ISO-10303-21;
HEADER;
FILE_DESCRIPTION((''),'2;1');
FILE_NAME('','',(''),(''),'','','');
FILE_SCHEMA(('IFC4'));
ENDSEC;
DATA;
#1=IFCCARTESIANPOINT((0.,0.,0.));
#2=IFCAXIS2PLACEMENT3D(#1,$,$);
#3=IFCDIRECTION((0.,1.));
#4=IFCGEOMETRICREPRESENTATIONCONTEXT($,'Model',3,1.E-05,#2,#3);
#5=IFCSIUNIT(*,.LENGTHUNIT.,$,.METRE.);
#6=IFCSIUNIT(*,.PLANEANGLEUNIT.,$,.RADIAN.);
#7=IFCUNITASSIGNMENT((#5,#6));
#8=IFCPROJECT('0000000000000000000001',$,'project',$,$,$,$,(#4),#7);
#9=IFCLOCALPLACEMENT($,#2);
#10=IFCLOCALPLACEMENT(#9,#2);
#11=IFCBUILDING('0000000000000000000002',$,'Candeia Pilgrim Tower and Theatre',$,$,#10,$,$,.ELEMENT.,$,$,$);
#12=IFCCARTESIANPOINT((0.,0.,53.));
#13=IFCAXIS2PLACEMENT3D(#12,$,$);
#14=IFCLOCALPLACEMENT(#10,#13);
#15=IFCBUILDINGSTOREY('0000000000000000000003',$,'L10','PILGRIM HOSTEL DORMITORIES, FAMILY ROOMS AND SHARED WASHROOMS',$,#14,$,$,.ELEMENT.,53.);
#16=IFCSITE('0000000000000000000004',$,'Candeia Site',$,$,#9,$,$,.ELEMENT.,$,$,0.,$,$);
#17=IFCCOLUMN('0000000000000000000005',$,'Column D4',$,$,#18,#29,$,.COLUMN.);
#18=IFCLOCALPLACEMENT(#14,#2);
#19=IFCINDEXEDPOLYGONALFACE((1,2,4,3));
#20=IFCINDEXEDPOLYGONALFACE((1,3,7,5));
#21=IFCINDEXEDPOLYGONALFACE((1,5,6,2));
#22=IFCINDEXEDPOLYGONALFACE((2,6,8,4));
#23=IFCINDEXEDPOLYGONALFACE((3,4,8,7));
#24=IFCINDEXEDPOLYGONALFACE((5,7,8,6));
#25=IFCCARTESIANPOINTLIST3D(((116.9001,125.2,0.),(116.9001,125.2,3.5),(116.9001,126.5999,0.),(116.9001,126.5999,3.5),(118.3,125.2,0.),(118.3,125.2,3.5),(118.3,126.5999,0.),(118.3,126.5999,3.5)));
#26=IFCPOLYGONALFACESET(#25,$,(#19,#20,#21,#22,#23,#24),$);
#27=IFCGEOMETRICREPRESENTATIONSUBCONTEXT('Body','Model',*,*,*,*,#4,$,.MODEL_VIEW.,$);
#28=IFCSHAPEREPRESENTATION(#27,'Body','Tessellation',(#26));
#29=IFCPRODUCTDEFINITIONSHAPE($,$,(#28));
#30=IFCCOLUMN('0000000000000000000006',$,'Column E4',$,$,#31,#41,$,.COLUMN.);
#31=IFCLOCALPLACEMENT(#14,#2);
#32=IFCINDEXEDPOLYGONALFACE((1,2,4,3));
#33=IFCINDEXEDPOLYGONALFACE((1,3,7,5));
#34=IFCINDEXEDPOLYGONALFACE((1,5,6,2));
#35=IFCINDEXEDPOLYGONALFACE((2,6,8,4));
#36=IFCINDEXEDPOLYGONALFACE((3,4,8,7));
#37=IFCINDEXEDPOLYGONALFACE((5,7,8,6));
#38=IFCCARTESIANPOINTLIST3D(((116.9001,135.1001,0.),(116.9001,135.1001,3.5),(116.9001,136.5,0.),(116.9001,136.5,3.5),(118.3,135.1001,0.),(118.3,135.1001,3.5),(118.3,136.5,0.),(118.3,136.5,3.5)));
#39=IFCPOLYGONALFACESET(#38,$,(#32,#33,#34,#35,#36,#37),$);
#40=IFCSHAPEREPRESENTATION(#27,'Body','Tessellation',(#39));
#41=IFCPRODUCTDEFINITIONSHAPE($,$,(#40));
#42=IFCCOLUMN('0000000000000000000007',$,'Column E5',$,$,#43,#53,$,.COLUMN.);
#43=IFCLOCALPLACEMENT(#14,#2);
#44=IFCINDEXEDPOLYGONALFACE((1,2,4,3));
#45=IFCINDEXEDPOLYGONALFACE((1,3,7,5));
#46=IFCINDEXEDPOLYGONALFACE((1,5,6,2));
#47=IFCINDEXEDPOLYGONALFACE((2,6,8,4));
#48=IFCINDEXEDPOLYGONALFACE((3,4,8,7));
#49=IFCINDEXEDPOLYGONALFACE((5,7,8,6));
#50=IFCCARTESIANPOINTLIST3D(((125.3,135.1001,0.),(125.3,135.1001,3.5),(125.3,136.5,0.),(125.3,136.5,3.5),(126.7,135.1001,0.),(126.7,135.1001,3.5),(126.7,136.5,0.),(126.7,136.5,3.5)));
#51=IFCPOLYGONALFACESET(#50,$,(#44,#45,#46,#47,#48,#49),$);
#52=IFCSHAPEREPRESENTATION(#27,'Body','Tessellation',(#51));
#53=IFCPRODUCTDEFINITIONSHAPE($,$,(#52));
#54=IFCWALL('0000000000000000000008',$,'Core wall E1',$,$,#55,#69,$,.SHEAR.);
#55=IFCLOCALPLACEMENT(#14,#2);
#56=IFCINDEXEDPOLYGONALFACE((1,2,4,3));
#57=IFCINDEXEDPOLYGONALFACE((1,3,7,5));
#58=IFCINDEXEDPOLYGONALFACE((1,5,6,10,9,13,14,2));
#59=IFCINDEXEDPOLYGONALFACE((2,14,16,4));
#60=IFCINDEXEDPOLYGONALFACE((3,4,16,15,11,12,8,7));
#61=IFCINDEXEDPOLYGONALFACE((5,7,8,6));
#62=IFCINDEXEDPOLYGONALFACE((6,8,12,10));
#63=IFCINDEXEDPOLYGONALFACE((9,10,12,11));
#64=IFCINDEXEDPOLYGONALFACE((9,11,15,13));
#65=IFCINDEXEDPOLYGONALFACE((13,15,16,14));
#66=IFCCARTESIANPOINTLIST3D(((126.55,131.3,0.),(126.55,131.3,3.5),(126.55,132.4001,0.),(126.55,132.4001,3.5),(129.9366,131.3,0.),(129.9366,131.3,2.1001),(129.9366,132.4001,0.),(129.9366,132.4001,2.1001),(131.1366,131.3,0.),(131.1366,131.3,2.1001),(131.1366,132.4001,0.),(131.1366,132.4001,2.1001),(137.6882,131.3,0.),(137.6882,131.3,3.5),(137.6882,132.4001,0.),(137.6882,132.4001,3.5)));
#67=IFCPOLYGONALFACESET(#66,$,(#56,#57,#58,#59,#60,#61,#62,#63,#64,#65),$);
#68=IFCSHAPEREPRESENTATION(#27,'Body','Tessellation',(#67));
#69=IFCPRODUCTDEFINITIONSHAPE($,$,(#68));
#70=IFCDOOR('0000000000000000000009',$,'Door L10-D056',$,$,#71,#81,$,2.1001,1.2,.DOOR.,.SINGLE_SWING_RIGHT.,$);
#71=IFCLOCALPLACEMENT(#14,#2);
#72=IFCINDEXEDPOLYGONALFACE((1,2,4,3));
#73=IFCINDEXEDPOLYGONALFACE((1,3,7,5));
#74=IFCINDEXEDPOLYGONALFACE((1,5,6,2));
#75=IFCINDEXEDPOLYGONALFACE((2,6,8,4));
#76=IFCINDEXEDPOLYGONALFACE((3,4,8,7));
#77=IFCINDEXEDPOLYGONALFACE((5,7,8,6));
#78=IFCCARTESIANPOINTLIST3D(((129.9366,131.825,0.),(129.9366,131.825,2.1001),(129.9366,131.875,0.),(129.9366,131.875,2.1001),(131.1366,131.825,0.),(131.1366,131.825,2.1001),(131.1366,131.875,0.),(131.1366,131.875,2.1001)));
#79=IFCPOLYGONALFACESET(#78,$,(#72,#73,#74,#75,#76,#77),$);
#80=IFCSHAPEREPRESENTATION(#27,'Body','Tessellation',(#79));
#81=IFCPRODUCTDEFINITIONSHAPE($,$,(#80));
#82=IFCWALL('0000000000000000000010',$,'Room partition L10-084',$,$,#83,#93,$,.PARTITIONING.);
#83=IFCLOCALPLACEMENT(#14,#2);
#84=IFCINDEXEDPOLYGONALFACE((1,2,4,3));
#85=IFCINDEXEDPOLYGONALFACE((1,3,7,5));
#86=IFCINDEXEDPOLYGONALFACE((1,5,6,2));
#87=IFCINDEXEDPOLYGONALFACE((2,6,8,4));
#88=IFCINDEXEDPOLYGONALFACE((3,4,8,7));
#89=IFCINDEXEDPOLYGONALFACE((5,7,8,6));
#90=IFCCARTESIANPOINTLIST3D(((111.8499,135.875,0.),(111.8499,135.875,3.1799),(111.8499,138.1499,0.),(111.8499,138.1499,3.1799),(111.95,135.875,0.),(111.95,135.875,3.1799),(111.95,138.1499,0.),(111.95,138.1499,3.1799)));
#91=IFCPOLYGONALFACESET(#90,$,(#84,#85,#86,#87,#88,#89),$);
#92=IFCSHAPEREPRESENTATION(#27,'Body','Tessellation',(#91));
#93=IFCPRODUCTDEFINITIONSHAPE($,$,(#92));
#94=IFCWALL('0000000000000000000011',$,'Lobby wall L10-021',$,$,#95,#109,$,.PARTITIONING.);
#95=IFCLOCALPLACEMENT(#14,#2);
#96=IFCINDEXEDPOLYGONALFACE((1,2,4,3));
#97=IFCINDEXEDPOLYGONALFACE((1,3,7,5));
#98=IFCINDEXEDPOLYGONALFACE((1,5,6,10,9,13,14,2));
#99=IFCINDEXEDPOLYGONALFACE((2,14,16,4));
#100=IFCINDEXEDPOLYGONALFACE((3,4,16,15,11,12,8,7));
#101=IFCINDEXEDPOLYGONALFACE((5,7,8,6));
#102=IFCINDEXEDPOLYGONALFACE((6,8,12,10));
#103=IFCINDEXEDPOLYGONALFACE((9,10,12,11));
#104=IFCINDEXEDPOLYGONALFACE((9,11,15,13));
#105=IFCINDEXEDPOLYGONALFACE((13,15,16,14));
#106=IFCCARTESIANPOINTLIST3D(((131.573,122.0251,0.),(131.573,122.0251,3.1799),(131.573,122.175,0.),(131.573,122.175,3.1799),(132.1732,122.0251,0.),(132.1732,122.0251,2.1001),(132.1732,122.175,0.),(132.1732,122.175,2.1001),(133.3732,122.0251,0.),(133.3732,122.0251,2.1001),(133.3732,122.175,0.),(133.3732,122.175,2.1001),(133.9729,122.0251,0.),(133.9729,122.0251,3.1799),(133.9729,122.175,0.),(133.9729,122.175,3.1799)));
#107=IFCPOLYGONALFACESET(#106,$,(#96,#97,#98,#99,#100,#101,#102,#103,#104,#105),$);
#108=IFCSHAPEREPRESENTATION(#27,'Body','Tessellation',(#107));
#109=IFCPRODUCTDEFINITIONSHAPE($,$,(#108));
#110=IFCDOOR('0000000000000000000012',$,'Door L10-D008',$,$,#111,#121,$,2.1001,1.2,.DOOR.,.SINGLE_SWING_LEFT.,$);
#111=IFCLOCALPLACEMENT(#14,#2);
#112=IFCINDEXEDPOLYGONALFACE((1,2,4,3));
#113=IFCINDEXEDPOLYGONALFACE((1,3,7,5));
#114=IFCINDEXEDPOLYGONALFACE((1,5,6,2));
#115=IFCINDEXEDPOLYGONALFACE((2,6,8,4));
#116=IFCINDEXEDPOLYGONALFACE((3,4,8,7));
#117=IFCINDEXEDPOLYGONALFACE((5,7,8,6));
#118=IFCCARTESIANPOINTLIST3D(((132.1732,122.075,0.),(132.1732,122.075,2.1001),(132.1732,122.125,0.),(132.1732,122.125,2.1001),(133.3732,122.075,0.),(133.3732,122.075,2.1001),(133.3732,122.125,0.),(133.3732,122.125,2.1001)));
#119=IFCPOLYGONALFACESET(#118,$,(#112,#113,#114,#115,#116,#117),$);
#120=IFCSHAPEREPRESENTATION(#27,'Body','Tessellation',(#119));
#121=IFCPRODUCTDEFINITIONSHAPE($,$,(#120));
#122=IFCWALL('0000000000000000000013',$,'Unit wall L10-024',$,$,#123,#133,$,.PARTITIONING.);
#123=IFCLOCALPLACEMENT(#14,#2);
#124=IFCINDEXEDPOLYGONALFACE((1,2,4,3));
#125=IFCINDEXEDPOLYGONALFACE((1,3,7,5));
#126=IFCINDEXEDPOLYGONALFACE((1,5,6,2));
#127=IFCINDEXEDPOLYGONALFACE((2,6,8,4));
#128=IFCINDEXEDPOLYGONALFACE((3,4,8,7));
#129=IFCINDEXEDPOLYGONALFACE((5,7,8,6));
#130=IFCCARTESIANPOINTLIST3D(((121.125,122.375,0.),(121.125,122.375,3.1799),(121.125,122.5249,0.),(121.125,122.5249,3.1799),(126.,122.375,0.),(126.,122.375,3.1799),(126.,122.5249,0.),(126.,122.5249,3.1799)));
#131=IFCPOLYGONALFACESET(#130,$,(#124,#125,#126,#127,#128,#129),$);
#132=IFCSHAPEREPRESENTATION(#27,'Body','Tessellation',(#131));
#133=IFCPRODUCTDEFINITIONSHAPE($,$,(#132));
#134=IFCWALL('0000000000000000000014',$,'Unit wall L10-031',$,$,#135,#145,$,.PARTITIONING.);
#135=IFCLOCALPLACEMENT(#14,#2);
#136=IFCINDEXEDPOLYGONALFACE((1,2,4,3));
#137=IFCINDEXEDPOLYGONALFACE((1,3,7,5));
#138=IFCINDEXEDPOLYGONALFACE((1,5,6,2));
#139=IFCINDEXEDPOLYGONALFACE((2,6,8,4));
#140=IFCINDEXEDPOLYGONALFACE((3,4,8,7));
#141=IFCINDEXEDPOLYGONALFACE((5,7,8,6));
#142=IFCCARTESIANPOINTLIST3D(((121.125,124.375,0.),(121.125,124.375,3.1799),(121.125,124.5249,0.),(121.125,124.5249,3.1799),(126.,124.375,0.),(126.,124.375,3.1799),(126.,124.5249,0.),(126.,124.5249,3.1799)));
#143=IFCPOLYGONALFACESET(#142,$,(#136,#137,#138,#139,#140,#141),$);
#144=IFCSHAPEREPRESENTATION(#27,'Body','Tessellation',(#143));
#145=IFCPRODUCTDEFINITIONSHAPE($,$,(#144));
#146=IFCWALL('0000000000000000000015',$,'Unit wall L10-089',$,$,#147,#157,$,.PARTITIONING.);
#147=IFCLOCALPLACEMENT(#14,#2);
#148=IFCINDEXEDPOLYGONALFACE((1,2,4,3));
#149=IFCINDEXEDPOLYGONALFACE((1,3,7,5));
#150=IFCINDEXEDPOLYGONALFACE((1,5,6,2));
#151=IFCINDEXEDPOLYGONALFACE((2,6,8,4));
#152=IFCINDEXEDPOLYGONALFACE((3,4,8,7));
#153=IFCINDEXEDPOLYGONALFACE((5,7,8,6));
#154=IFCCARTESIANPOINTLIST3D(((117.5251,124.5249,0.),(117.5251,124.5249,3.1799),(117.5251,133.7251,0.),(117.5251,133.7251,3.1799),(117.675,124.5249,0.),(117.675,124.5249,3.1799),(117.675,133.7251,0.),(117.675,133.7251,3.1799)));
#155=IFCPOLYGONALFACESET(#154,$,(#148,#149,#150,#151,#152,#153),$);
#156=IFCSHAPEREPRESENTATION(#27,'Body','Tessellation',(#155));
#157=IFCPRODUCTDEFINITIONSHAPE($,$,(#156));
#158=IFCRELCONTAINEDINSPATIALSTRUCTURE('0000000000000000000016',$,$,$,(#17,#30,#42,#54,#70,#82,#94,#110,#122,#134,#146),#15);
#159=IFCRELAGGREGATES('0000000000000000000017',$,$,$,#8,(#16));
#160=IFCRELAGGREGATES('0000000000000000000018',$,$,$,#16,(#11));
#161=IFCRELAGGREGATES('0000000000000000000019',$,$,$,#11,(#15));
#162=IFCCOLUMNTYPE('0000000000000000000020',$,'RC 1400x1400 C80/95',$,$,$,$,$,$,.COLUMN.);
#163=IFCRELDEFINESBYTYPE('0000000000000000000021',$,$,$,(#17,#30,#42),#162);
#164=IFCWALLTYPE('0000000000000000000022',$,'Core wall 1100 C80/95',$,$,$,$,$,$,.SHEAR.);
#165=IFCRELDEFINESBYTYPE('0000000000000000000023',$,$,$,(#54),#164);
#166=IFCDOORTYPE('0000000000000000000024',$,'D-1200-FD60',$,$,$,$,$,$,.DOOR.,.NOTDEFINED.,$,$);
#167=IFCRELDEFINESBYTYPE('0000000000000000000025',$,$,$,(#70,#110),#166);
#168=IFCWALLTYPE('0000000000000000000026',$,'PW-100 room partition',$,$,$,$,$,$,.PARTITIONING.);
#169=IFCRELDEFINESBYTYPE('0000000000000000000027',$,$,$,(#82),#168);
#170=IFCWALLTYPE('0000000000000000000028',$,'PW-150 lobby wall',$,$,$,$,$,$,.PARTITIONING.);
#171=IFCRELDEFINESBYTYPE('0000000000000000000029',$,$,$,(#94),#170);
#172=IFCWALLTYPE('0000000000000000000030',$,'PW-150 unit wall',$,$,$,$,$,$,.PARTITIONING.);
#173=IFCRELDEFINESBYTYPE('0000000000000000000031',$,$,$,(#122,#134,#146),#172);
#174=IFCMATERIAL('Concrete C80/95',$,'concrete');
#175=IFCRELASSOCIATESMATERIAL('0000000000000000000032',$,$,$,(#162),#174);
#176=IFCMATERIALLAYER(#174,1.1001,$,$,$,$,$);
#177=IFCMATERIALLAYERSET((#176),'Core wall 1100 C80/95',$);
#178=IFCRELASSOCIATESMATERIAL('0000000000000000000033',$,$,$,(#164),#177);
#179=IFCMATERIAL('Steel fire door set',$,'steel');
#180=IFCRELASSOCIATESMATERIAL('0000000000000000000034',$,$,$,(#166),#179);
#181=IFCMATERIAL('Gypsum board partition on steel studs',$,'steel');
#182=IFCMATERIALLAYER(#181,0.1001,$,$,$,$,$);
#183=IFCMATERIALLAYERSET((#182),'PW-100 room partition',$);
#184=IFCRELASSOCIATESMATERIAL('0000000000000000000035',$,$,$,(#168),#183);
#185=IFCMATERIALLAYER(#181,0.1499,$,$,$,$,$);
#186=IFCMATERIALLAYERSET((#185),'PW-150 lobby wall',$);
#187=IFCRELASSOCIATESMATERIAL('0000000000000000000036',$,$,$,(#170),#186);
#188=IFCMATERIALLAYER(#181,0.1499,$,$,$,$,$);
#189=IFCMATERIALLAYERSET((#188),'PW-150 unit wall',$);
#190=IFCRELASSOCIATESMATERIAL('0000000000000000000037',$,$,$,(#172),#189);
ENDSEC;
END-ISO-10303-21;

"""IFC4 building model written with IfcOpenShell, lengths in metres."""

from ifc_helpers import new_model, si_unit, direction, frame, frame_2d, origin, origin_2d, place, context, subcontext, project, spatial, rectangle, extrude, material, layer, layer_set, material_profile, profile_set, type_object, element, fill, save


model = new_model("IFC4")

# Units and contexts
model_context = context("Model", 3, precision=1e-05, world=origin(), true_north=direction((0.0, 1.0)))
body_context = subcontext(model_context, "Body", "Model", "MODEL_VIEW")
ifc_project = project(units=[si_unit("LENGTHUNIT", "METRE"), si_unit("PLANEANGLEUNIT", "RADIAN")], contexts=[model_context])

# Site, building, storey
site_placement = place(None, origin())
site = spatial("IfcSite", under=ifc_project, at=site_placement, Name="Candeia Site", CompositionType="ELEMENT", RefElevation=0.0)
building_placement = place(site_placement, origin())
building = spatial("IfcBuilding", under=site, at=building_placement, Name="Candeia Pilgrim Tower and Theatre", CompositionType="ELEMENT")
storey_placement = place(building_placement, frame((0.0, 0.0, 53.0)))
storey = spatial("IfcBuildingStorey", under=building, at=storey_placement, Name="L10", Description="PILGRIM HOSTEL DORMITORIES, FAMILY ROOMS AND SHARED WASHROOMS", CompositionType="ELEMENT", Elevation=53.0)

# Columns
ifc_material_1 = material(Name="Concrete C80/95", Category="concrete")
ifc_material_profile = material_profile(ifc_material_1, rectangle(XDim=1.3999, YDim=1.3999, at=origin_2d()))
ifc_profile_set = profile_set([ifc_material_profile], Name="Concrete C80/95")
column_type = type_object("IfcColumnType", Name="RC 1400x1400 C80/95", PredefinedType="COLUMN", material=ifc_profile_set)
for number, where, z_axis, x_axis, name in (
    (1, (117.6001, 125.8999, 0.0), (0.0, 0.0, 1.0), (1.0, 0.0, 0.0), "Column D4"),
    (2, (117.6001, 135.8, 0.0), (0.0, 0.0, 1.0), (1.0, 0.0, 0.0), "Column E4"),
    (3, (126.0, 135.8, 0.0), (0.0, 0.0, 1.0), (1.0, 0.0, 0.0), "Column E5"),
):
    element("IfcColumn", number, at=place(storey_placement, frame(where, z_axis=z_axis, x_axis=x_axis)), inside=storey, type_object=column_type, Name=name, PredefinedType="COLUMN", context=body_context, shape_type="SweptSolid", body=[
        extrude(rectangle(XDim=1.3999, YDim=1.3999, at=origin_2d()), origin(), (0.0, 0.0, 1.0), 3.5),
    ])

# Wall, opening, door
ifc_layer_1 = layer(ifc_material_1, 1.1001)
ifc_layer_set_1 = layer_set([ifc_layer_1], Name="Core wall 1100 C80/95")
wall_type_1 = type_object("IfcWallType", Name="Core wall 1100 C80/95", PredefinedType="SHEAR", material=ifc_layer_set_1)
wall_1_placement = place(storey_placement, frame((126.55, 131.8501, 0.0), z_axis=(0.0, 0.0, 1.0), x_axis=(1.0, 0.0, 0.0)))
wall_1 = element("IfcWall", 4, at=wall_1_placement, inside=storey, type_object=wall_type_1, Name="Core wall E1", PredefinedType="SHEAR", context=body_context, shape_type="SweptSolid", body=[
    extrude(rectangle(XDim=11.1382, YDim=1.1001, at=frame_2d((5.5691, 0.0))), origin(), (0.0, 0.0, 1.0), 3.5),
])
opening_1_placement = place(wall_1_placement, frame((3.3865, 0.0, 0.0)))
opening_1 = element("IfcOpeningElement", 5, at=opening_1_placement, cuts=wall_1, PredefinedType="OPENING", context=body_context, shape_type="SweptSolid", body=[
    extrude(rectangle(XDim=1.2, YDim=2.1001, at=frame_2d((0.6001, 1.05))), frame((0.0, 0.5601, 0.0), z_axis=(0.0, -1.0, 0.0), x_axis=(1.0, 0.0, 0.0)), (0.0, 0.0, 1.0), 1.1201),
])
ifc_material_2 = material(Name="Steel fire door set", Category="steel")
door_type_1 = type_object("IfcDoorType", Name="D-1200-FD60", OperationType="NOTDEFINED", PredefinedType="DOOR", material=ifc_material_2)
door_1_placement = place(opening_1_placement, origin())
door_1 = element("IfcDoor", 6, at=door_1_placement, inside=storey, type_object=door_type_1, Name="Door L10-D056", OperationType="SINGLE_SWING_RIGHT", OverallHeight=2.1001, OverallWidth=1.2, PredefinedType="DOOR", context=body_context, shape_type="SweptSolid", body=[
    extrude(rectangle(XDim=1.2, YDim=2.1001, at=frame_2d((0.6001, 1.05))), frame((0.0, 0.0249, 0.0), z_axis=(0.0, -1.0, 0.0), x_axis=(1.0, 0.0, 0.0)), (0.0, 0.0, 1.0), 0.05),
])
fill(opening_1, door_1)

# Wall
ifc_material_3 = material(Name="Gypsum board partition on steel studs", Category="steel")
ifc_layer_2 = layer(ifc_material_3, 0.1001)
ifc_layer_set_2 = layer_set([ifc_layer_2], Name="PW-100 room partition")
wall_type_2 = type_object("IfcWallType", Name="PW-100 room partition", PredefinedType="PARTITIONING", material=ifc_layer_set_2)
wall_2_placement = place(storey_placement, frame((111.8999, 135.875, 0.0), z_axis=(0.0, 0.0, 1.0), x_axis=(0.0, 1.0, 0.0)))
element("IfcWall", 7, at=wall_2_placement, inside=storey, type_object=wall_type_2, Name="Room partition L10-084", PredefinedType="PARTITIONING", context=body_context, shape_type="SweptSolid", body=[
    extrude(rectangle(XDim=2.2749, YDim=0.1001, at=frame_2d((1.1375, 0.0))), origin(), (0.0, 0.0, 1.0), 3.1799),
])

# Wall, opening, door
ifc_layer_3 = layer(ifc_material_3, 0.1499)
ifc_layer_set_3 = layer_set([ifc_layer_3], Name="PW-150 lobby wall")
wall_type_3 = type_object("IfcWallType", Name="PW-150 lobby wall", PredefinedType="PARTITIONING", material=ifc_layer_set_3)
wall_3_placement = place(storey_placement, frame((131.573, 122.1001, 0.0), z_axis=(0.0, 0.0, 1.0), x_axis=(1.0, 0.0, 0.0)))
wall_3 = element("IfcWall", 8, at=wall_3_placement, inside=storey, type_object=wall_type_3, Name="Lobby wall L10-021", PredefinedType="PARTITIONING", context=body_context, shape_type="SweptSolid", body=[
    extrude(rectangle(XDim=2.3999, YDim=0.1499, at=frame_2d((1.2, 0.0))), origin(), (0.0, 0.0, 1.0), 3.1799),
])
opening_2_placement = place(wall_3_placement, frame((0.6001, 0.0, 0.0)))
opening_2 = element("IfcOpeningElement", 9, at=opening_2_placement, cuts=wall_3, PredefinedType="OPENING", context=body_context, shape_type="SweptSolid", body=[
    extrude(rectangle(XDim=1.2, YDim=2.1001, at=frame_2d((0.6001, 1.05))), frame((0.0, 0.085, 0.0), z_axis=(0.0, -1.0, 0.0), x_axis=(1.0, 0.0, 0.0)), (0.0, 0.0, 1.0), 0.1699),
])
door_2_placement = place(opening_2_placement, origin())
door_2 = element("IfcDoor", 10, at=door_2_placement, inside=storey, type_object=door_type_1, Name="Door L10-D008", OperationType="SINGLE_SWING_LEFT", OverallHeight=2.1001, OverallWidth=1.2, PredefinedType="DOOR", context=body_context, shape_type="SweptSolid", body=[
    extrude(rectangle(XDim=1.2, YDim=2.1001, at=frame_2d((0.6001, 1.05))), frame((0.0, 0.0249, 0.0), z_axis=(0.0, -1.0, 0.0), x_axis=(1.0, 0.0, 0.0)), (0.0, 0.0, 1.0), 0.05),
])
fill(opening_2, door_2)

# Walls
ifc_layer_4 = layer(ifc_material_3, 0.1499)
ifc_layer_set_4 = layer_set([ifc_layer_4], Name="PW-150 unit wall")
wall_type_4 = type_object("IfcWallType", Name="PW-150 unit wall", PredefinedType="PARTITIONING", material=ifc_layer_set_4)
for number, where, z_axis, x_axis, name in (
    (11, (121.125, 122.45, 0.0), (0.0, 0.0, 1.0), (1.0, 0.0, 0.0), "Unit wall L10-024"),
    (12, (121.125, 124.45, 0.0), (0.0, 0.0, 1.0), (1.0, 0.0, 0.0), "Unit wall L10-031"),
):
    element("IfcWall", number, at=place(storey_placement, frame(where, z_axis=z_axis, x_axis=x_axis)), inside=storey, type_object=wall_type_4, Name=name, PredefinedType="PARTITIONING", context=body_context, shape_type="SweptSolid", body=[
        extrude(rectangle(XDim=4.875, YDim=0.1499, at=frame_2d((2.4375, 0.0))), origin(), (0.0, 0.0, 1.0), 3.1799),
    ])
wall_4_placement = place(storey_placement, frame((117.6001, 124.5249, 0.0), z_axis=(0.0, 0.0, 1.0), x_axis=(0.0, 1.0, 0.0)))
element("IfcWall", 13, at=wall_4_placement, inside=storey, type_object=wall_type_4, Name="Unit wall L10-089", PredefinedType="PARTITIONING", context=body_context, shape_type="SweptSolid", body=[
    extrude(rectangle(XDim=9.2002, YDim=0.1499, at=frame_2d((4.6001, 0.0))), origin(), (0.0, 0.0, 1.0), 3.1799),
])

save(model, "model.ifc")
